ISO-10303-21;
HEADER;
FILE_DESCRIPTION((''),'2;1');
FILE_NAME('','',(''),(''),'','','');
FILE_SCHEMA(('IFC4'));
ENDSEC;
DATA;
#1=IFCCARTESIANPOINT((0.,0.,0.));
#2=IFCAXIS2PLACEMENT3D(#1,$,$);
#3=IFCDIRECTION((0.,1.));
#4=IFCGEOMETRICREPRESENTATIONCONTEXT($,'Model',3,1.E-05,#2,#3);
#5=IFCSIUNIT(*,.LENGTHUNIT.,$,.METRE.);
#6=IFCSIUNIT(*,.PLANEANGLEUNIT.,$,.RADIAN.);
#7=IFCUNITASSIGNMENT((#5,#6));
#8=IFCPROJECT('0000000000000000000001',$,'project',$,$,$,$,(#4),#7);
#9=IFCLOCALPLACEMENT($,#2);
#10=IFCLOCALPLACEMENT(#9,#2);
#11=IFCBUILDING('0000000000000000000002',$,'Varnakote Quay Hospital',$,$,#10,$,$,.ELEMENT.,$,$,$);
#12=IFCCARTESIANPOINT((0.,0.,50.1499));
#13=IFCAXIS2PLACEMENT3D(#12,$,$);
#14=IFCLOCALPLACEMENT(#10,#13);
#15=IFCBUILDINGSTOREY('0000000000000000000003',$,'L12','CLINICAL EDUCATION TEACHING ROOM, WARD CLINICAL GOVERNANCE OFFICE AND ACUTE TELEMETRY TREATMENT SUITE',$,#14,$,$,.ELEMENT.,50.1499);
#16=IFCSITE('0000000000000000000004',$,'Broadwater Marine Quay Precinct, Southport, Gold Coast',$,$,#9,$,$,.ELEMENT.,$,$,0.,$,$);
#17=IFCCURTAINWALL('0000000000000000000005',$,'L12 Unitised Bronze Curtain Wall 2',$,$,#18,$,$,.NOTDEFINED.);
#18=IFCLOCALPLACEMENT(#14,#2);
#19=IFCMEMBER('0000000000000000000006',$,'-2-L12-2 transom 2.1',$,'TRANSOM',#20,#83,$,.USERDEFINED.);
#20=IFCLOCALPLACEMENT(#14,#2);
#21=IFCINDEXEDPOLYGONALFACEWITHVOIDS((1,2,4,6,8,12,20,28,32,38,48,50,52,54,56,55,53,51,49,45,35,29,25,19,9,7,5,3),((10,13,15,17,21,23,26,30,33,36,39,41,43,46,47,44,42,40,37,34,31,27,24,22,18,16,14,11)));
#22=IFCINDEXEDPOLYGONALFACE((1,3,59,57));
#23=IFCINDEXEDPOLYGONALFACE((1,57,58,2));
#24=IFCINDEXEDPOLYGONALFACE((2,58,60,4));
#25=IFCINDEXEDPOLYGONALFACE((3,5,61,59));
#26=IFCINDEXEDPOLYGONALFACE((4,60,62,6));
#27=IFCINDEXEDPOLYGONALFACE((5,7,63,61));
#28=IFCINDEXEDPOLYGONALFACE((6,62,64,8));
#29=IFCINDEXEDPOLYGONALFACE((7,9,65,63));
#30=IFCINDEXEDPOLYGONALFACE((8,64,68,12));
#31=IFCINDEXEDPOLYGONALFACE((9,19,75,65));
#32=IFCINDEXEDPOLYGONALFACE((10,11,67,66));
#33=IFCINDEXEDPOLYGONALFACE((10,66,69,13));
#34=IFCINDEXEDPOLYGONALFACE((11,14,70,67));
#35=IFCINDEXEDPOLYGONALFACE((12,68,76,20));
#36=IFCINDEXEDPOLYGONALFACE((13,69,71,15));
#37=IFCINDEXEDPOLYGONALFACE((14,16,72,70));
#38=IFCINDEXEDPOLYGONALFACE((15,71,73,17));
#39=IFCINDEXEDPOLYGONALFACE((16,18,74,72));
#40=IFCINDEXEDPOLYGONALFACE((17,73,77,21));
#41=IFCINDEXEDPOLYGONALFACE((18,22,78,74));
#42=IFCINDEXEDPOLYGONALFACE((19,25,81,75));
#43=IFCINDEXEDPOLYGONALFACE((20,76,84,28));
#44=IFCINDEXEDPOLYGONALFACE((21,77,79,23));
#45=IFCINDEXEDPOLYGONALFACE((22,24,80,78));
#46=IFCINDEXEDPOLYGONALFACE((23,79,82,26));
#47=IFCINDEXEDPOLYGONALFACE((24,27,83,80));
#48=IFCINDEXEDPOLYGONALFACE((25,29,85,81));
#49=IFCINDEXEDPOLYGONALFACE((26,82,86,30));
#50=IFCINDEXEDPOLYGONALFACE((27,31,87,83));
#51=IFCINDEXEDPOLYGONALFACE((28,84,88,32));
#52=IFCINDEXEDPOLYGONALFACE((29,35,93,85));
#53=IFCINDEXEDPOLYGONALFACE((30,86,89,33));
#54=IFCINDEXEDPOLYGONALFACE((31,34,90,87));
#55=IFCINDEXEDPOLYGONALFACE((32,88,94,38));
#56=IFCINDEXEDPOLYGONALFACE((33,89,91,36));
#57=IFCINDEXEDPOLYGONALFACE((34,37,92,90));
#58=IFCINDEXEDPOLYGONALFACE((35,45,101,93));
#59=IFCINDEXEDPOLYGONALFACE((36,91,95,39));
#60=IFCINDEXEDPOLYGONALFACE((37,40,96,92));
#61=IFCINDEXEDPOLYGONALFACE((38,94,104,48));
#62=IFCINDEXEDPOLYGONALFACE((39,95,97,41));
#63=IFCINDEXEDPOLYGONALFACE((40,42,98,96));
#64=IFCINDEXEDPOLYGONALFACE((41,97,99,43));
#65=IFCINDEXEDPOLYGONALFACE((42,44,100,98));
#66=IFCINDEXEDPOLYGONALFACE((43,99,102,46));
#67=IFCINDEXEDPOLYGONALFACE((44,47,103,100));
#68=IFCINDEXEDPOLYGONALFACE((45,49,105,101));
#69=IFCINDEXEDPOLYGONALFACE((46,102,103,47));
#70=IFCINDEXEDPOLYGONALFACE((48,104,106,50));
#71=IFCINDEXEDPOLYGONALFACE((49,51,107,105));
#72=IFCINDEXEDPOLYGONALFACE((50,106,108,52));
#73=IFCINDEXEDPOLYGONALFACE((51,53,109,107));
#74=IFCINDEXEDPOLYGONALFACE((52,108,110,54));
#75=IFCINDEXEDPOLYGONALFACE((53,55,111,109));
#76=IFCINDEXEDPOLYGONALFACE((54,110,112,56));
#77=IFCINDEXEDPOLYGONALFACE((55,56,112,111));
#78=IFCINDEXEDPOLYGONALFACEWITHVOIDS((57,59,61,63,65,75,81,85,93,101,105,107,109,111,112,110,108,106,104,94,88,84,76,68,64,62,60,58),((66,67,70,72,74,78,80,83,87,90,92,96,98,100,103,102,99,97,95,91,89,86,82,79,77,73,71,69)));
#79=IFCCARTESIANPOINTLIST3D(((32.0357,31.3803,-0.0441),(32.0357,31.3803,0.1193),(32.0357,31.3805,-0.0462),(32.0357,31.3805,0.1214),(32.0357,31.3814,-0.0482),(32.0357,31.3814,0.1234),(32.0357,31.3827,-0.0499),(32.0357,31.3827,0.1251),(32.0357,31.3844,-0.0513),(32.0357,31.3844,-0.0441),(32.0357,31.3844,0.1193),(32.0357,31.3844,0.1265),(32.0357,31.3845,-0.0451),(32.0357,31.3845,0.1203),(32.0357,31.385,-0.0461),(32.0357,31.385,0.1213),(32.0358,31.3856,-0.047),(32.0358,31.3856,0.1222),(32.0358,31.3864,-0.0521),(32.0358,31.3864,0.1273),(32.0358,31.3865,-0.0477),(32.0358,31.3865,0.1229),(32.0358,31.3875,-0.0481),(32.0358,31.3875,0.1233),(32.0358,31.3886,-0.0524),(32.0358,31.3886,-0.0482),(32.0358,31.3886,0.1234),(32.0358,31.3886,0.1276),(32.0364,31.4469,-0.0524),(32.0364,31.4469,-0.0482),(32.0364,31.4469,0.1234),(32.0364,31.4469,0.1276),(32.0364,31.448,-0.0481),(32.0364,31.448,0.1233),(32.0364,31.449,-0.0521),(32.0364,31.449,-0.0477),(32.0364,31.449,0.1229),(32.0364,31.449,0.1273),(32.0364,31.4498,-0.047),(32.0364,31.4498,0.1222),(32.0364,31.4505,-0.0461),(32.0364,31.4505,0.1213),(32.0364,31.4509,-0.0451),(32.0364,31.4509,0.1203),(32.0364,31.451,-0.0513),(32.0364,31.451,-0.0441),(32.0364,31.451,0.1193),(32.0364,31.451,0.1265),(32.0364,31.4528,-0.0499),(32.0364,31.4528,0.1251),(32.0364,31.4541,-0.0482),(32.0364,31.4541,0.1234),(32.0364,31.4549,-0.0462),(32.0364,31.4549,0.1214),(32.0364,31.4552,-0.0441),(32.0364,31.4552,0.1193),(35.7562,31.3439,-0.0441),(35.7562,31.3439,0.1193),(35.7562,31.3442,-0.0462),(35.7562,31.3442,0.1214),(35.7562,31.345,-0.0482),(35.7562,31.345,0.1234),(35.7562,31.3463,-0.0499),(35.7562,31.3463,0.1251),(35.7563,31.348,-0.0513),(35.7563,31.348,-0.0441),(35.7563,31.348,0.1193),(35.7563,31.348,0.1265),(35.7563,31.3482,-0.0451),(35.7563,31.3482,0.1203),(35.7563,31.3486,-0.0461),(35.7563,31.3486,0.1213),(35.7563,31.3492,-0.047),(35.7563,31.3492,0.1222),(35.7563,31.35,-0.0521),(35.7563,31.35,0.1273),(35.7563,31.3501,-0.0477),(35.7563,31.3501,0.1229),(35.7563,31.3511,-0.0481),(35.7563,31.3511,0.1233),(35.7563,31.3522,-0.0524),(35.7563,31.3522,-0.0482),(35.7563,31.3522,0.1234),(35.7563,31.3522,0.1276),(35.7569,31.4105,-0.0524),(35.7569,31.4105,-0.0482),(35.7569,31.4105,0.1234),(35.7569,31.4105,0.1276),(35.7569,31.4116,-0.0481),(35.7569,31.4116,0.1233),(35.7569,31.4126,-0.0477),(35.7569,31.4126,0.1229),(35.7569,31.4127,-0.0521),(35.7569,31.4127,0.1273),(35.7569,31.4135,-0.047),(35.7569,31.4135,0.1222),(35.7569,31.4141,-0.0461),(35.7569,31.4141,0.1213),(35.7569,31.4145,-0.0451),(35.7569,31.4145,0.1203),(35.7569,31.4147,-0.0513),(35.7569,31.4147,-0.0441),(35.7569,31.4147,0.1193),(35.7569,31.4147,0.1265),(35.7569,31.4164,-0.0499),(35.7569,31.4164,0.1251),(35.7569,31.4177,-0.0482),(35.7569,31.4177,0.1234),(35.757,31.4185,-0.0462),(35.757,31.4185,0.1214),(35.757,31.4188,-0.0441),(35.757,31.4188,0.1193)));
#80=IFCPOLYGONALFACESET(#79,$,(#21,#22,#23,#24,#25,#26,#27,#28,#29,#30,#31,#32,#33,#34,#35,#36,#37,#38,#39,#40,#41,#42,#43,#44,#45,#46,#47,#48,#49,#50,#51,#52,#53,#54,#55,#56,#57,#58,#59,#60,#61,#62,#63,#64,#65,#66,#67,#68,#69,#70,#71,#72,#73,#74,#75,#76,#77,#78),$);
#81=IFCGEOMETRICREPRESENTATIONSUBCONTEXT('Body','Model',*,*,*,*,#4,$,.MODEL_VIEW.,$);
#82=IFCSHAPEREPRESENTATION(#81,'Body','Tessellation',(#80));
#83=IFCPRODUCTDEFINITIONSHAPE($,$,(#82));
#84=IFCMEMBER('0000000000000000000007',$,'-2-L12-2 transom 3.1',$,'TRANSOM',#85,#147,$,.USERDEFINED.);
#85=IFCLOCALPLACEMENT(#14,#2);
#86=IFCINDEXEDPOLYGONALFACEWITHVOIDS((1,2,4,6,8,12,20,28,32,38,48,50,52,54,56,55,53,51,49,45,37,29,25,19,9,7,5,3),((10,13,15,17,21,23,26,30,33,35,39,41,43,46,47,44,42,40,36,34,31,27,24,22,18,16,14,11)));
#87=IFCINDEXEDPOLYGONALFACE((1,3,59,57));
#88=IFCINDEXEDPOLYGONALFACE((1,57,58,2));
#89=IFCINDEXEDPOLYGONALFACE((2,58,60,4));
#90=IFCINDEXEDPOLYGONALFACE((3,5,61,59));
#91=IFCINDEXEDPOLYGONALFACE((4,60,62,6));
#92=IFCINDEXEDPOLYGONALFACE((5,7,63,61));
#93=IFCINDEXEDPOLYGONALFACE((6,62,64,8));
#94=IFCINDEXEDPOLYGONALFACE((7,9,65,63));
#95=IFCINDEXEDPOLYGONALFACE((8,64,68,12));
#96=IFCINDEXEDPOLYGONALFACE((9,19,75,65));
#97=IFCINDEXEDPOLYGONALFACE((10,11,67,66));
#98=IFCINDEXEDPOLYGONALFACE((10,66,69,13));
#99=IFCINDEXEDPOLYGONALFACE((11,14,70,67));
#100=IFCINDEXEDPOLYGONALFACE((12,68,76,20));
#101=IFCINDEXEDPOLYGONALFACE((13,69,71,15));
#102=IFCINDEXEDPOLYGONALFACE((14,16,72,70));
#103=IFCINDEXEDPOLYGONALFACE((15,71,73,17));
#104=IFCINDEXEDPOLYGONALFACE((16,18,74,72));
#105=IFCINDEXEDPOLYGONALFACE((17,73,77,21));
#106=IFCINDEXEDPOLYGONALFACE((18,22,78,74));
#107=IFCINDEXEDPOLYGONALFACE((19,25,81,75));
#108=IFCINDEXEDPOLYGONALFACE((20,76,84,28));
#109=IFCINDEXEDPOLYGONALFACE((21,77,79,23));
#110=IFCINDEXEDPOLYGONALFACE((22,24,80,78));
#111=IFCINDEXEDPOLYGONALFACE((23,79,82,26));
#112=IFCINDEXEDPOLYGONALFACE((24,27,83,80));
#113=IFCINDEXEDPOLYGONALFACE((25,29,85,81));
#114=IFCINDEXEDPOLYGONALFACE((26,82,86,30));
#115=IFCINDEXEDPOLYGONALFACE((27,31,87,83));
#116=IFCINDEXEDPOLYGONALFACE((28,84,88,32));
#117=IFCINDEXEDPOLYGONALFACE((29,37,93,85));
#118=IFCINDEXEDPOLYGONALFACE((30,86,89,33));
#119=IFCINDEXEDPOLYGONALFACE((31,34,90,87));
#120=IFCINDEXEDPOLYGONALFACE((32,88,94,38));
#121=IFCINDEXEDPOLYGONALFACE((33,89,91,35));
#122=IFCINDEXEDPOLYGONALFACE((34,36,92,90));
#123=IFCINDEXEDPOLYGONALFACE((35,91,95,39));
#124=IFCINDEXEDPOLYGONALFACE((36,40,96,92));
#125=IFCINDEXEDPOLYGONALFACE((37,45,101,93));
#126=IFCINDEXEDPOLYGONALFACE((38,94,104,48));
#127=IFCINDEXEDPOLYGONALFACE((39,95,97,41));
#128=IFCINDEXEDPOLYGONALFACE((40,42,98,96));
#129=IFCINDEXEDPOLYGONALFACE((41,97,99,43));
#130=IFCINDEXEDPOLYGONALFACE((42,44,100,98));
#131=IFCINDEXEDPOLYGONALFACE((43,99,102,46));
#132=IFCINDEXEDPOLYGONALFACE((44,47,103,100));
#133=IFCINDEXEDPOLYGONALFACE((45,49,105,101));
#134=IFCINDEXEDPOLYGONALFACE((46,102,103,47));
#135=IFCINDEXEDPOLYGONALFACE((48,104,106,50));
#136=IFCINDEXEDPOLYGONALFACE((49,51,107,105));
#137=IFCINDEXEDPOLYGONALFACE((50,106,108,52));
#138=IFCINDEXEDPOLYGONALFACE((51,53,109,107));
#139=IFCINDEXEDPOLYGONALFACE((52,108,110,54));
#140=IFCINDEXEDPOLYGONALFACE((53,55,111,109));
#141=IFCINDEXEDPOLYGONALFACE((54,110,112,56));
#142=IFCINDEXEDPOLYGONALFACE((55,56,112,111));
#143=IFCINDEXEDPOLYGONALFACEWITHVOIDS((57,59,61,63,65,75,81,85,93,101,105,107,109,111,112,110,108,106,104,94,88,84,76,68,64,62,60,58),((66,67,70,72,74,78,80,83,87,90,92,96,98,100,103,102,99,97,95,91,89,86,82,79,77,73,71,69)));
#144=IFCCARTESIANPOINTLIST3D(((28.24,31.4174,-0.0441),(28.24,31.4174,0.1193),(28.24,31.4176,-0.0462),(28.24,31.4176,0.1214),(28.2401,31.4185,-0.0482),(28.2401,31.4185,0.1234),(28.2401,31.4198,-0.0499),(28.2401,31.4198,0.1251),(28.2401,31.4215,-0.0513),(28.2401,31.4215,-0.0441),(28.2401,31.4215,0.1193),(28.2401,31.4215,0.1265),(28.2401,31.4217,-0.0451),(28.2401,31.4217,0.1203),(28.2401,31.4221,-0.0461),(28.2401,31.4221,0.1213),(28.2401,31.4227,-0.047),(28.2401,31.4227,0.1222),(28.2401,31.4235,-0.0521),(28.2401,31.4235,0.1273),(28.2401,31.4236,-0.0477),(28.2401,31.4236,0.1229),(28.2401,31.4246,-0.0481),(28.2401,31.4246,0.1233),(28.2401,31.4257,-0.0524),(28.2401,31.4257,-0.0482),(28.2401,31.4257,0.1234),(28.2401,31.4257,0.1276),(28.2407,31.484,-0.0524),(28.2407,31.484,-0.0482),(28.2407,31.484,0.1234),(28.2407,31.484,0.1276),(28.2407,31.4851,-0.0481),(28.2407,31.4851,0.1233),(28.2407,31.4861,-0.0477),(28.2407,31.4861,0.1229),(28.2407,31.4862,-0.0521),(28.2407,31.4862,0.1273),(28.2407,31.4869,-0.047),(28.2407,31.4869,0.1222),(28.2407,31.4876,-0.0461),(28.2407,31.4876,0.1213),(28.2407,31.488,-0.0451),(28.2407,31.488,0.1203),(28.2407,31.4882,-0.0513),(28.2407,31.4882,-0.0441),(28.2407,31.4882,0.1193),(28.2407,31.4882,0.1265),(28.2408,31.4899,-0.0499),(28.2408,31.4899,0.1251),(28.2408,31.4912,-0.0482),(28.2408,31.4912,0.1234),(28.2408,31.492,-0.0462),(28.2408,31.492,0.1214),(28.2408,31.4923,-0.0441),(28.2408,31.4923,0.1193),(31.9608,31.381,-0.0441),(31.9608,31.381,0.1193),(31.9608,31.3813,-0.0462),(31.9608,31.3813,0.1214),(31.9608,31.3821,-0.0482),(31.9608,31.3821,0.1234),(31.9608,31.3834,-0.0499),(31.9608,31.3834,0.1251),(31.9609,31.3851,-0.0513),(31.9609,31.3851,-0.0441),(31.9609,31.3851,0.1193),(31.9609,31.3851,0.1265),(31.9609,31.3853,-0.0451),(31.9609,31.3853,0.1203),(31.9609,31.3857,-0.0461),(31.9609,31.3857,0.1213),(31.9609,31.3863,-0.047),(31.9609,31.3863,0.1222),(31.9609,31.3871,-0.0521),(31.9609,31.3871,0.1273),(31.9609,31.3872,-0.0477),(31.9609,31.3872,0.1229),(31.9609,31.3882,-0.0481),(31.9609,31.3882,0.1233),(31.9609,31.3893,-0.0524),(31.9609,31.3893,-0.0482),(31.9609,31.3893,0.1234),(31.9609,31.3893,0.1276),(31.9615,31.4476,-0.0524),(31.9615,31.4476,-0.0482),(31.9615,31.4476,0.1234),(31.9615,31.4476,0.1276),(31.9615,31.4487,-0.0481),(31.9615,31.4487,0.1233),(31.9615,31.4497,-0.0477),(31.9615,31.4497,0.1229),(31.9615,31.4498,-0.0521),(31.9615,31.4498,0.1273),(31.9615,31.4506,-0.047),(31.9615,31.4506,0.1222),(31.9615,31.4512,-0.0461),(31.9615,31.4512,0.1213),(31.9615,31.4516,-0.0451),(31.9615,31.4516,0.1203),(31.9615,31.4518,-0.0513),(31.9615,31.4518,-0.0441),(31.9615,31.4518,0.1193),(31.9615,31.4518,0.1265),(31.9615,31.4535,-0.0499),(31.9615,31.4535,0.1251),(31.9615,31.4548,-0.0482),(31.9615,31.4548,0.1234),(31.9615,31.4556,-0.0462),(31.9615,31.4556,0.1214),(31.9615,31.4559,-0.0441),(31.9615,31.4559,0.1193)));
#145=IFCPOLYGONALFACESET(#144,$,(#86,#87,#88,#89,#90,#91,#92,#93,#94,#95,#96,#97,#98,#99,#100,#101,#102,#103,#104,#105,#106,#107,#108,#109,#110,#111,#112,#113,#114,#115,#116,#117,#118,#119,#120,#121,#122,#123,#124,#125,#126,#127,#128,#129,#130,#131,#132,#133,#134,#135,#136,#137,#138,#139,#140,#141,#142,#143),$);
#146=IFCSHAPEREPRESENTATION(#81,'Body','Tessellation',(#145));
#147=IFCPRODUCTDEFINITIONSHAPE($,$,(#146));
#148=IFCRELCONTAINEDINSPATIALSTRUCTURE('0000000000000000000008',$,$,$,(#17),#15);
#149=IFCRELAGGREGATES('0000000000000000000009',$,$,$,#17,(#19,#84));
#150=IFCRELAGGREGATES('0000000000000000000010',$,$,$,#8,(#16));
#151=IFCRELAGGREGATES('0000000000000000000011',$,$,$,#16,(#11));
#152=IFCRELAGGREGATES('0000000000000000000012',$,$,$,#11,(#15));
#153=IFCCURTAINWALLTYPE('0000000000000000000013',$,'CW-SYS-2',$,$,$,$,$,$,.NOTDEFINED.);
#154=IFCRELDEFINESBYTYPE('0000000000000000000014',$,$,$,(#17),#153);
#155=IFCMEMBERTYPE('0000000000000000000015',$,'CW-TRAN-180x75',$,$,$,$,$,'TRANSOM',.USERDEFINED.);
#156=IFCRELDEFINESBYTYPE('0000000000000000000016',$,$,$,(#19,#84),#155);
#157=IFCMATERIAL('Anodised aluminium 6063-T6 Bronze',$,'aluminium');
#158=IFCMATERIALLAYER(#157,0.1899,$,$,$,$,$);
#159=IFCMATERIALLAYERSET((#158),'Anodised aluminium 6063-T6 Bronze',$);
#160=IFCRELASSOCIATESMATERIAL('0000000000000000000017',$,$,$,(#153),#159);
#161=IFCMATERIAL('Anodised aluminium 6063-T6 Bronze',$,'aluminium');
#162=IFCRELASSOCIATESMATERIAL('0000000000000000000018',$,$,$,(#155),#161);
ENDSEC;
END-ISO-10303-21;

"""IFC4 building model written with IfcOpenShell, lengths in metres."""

from ifc_helpers import new_model, si_unit, direction, frame, origin, origin_2d, place, context, subcontext, project, spatial, hollow_rectangle, extrude, material, layer, layer_set, material_profile, profile_set, type_object, element, aggregate, save


model = new_model("IFC4")

# Units and contexts
model_context = context("Model", 3, precision=1e-05, world=origin(), true_north=direction((0.0, 1.0)))
body_context = subcontext(model_context, "Body", "Model", "MODEL_VIEW")
ifc_project = project(units=[si_unit("LENGTHUNIT", "METRE"), si_unit("PLANEANGLEUNIT", "RADIAN")], contexts=[model_context])

# Site, building, storey
site_placement = place(None, origin())
site = spatial("IfcSite", under=ifc_project, at=site_placement, Name="Broadwater Marine Quay Precinct, Southport, Gold Coast", CompositionType="ELEMENT", RefElevation=0.0)
building_placement = place(site_placement, origin())
building = spatial("IfcBuilding", under=site, at=building_placement, Name="Varnakote Quay Hospital", CompositionType="ELEMENT")
storey_placement = place(building_placement, frame((0.0, 0.0, 50.1499)))
storey = spatial("IfcBuildingStorey", under=building, at=storey_placement, Name="L12", Description="CLINICAL EDUCATION TEACHING ROOM, WARD CLINICAL GOVERNANCE OFFICE AND ACUTE TELEMETRY TREATMENT SUITE", CompositionType="ELEMENT", Elevation=50.1499)

# Curtain wall, members
ifc_material_1 = material(Name="Anodised aluminium 6063-T6 Bronze", Category="aluminium")
ifc_layer_1 = layer(ifc_material_1, 0.1899)
ifc_layer_set_1 = layer_set([ifc_layer_1], Name="Anodised aluminium 6063-T6 Bronze")
curtain_wall_type = type_object("IfcCurtainWallType", Name="CW-SYS-2", PredefinedType="NOTDEFINED", material=ifc_layer_set_1)
curtain_wall_placement = place(storey_placement, origin())
curtain_wall = element("IfcCurtainWall", 1, at=curtain_wall_placement, inside=storey, type_object=curtain_wall_type, Name="L12 Unitised Bronze Curtain Wall 2", PredefinedType="NOTDEFINED")
ifc_material_2 = material(Name="Anodised aluminium 6063-T6 Bronze", Category="aluminium")
ifc_material_profile_1 = material_profile(ifc_material_2, hollow_rectangle(XDim=0.075, YDim=0.1799, WallThickness=0.0042, InnerFilletRadius=0.0042, OuterFilletRadius=0.0083, at=origin_2d()), Name="CW-TRAN-180x75")
ifc_profile_set_1 = profile_set([ifc_material_profile_1], Name="Anodised aluminium 6063-T6 Bronze")
member_type_1 = type_object("IfcMemberType", Name="CW-TRAN-180x75", ElementType="TRANSOM", PredefinedType="USERDEFINED", material=ifc_profile_set_1)
member_1_placement = place(storey_placement, frame((35.7566, 31.3813, 0.0376), z_axis=(-0.999952, 0.009777, 0.0), x_axis=(-0.009777, -0.999952, 0.0)))
member_1 = element("IfcMember", 2, at=member_1_placement, type_object=member_type_1, Name="-2-L12-2 transom 2.1", ObjectType="TRANSOM", PredefinedType="USERDEFINED", context=body_context, shape_type="SweptSolid", body=[
    extrude(hollow_rectangle(XDim=0.075, YDim=0.1799, WallThickness=0.0042, InnerFilletRadius=0.0042, OuterFilletRadius=0.0083, at=origin_2d()), origin(), (0.0, 0.0, 1.0), 3.7207),
])
member_2_placement = place(storey_placement, frame((31.9612, 31.4185, 0.0376), z_axis=(-0.999952, 0.009776, 0.0), x_axis=(-0.009776, -0.999952, 0.0)))
member_2 = element("IfcMember", 3, at=member_2_placement, type_object=member_type_1, Name="-2-L12-2 transom 3.1", ObjectType="TRANSOM", PredefinedType="USERDEFINED", context=body_context, shape_type="SweptSolid", body=[
    extrude(hollow_rectangle(XDim=0.075, YDim=0.1799, WallThickness=0.0042, InnerFilletRadius=0.0042, OuterFilletRadius=0.0083, at=origin_2d()), origin(), (0.0, 0.0, 1.0), 3.7209),
])

aggregate(curtain_wall, [member_1, member_2])

save(model, "model.ifc")
